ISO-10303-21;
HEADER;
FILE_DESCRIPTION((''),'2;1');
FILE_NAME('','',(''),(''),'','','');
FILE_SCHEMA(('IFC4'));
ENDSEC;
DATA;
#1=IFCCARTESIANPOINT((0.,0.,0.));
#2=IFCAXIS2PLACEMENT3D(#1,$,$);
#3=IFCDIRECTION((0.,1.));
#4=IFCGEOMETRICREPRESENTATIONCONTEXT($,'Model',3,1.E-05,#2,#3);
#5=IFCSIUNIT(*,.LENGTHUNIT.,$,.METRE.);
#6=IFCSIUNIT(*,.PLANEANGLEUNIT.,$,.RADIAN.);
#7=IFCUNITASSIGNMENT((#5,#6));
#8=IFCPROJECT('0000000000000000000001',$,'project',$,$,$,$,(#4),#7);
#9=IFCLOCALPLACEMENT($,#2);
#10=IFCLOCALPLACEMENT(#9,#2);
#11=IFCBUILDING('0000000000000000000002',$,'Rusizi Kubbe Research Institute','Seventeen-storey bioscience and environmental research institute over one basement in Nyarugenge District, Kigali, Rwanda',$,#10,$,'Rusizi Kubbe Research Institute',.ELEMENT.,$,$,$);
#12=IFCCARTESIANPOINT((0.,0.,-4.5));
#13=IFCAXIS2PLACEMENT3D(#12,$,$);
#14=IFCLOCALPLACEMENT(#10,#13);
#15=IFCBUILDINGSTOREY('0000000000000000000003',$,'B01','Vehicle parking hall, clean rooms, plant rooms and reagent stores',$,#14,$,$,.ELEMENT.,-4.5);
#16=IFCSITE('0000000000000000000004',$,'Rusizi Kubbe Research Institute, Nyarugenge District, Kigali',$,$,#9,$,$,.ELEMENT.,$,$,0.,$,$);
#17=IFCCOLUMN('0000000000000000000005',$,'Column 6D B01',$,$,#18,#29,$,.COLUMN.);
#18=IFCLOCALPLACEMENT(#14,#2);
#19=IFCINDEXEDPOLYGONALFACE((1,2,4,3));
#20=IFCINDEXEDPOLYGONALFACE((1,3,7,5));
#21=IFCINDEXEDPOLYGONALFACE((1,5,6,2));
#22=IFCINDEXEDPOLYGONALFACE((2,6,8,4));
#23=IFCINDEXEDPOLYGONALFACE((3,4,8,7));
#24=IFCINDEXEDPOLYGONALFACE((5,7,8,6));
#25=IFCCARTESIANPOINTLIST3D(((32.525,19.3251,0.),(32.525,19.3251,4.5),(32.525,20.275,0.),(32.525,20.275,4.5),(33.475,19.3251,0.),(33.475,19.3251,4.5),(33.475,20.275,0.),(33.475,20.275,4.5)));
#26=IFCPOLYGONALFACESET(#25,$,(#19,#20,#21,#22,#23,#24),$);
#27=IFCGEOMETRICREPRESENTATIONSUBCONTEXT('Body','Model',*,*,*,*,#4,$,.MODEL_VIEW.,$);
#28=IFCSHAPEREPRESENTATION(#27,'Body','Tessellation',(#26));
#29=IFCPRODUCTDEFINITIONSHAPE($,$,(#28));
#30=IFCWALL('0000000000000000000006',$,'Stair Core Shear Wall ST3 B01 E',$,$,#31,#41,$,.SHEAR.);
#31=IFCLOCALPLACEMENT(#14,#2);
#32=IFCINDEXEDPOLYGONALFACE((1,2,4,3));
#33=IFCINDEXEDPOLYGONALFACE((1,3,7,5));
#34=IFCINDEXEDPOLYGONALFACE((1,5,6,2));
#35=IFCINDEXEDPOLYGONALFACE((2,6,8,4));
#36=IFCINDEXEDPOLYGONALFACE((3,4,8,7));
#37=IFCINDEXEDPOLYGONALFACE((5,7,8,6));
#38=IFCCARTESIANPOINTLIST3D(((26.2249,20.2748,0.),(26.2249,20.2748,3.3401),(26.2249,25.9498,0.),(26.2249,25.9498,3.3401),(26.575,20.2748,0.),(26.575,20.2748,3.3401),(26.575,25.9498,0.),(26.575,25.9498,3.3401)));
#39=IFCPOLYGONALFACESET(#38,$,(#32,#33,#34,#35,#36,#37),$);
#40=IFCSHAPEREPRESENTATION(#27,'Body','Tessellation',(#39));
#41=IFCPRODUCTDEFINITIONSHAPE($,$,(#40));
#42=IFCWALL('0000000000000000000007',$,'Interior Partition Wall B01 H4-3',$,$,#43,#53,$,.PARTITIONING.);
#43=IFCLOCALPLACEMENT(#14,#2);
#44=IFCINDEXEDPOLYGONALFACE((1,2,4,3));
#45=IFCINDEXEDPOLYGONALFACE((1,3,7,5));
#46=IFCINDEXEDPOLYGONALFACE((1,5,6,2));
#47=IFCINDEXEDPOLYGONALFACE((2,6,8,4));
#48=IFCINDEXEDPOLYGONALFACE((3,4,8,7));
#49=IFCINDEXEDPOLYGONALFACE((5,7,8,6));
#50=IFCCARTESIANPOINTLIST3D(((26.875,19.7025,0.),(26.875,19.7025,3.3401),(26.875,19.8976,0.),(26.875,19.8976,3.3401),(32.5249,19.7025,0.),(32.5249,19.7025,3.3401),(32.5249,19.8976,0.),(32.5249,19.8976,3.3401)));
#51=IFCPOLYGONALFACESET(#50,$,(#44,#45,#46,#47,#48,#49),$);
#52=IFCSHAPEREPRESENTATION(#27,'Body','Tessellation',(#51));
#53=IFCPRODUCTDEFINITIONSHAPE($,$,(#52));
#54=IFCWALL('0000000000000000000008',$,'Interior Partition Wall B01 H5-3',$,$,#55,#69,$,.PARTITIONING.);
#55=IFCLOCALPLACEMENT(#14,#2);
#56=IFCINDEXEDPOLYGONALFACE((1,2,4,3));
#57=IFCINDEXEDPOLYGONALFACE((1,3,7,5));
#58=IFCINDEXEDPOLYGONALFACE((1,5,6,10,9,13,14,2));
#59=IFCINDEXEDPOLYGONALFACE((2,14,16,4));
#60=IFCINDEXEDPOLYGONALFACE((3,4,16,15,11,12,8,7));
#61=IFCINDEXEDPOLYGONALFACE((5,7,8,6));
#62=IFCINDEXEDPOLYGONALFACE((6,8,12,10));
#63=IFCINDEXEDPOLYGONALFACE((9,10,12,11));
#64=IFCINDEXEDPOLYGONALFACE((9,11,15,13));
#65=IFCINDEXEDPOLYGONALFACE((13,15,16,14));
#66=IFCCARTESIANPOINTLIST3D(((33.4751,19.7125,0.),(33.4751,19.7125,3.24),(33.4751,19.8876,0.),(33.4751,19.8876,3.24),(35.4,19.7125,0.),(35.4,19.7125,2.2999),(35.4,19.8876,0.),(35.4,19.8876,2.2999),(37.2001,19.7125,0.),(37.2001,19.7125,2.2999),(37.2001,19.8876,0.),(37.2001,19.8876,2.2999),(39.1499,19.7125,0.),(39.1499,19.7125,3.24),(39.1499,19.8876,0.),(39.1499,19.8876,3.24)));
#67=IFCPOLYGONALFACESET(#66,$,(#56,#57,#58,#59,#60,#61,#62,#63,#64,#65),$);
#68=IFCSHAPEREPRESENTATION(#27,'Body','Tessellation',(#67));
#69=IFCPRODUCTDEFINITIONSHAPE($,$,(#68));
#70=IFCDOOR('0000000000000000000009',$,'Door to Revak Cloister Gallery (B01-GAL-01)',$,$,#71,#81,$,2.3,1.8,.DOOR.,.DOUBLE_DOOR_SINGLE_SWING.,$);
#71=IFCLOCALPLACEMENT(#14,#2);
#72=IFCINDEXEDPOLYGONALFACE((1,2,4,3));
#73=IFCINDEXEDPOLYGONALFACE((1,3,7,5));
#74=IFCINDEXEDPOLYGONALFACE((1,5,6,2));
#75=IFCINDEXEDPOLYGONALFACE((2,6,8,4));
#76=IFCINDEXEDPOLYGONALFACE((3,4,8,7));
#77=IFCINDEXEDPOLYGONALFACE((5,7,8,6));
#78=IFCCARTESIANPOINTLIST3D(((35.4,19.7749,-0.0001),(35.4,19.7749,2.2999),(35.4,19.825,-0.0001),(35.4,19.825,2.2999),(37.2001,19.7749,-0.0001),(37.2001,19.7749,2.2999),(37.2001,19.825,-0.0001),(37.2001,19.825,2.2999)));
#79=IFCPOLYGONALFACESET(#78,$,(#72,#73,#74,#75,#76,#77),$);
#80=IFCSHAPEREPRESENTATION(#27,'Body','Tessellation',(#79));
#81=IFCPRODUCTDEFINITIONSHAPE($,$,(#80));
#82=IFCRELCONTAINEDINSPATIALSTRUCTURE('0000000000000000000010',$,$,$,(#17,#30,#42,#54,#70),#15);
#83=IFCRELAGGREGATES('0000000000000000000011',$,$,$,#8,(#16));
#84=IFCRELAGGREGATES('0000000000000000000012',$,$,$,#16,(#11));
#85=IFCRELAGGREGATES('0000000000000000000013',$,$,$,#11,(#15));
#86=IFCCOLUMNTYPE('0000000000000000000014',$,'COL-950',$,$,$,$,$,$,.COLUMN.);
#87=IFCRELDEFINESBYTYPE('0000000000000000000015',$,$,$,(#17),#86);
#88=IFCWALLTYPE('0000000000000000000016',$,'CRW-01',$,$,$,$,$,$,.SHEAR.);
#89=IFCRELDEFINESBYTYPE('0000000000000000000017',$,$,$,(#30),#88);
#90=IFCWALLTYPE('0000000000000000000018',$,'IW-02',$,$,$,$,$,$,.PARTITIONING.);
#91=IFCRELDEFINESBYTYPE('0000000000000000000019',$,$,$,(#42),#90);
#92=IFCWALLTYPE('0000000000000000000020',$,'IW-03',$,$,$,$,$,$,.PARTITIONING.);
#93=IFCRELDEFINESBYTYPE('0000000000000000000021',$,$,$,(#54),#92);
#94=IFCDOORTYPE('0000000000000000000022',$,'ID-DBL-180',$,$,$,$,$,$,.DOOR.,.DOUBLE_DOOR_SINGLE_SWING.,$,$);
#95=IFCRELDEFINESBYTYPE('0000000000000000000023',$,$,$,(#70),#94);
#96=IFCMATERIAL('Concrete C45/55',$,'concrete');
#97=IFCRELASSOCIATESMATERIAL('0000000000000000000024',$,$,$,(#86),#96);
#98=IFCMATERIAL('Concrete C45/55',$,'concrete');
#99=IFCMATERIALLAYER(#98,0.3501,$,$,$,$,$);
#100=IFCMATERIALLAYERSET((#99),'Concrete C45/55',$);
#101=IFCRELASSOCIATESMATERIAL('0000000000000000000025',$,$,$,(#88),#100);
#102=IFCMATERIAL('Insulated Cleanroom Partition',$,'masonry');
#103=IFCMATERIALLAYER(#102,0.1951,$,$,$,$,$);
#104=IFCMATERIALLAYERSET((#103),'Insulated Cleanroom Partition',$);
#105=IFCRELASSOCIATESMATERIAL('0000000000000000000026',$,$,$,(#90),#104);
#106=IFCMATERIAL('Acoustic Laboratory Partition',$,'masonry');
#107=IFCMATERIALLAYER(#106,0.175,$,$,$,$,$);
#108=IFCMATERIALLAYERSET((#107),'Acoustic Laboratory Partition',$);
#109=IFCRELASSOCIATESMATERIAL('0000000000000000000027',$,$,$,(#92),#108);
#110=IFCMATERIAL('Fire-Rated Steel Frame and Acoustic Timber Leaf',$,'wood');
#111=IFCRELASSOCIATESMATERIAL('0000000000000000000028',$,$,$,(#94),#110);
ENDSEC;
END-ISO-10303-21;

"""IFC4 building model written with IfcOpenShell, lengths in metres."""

from ifc_helpers import new_model, si_unit, direction, frame, frame_2d, origin, origin_2d, place, context, subcontext, project, spatial, rectangle, extrude, material, layer, layer_set, material_profile, profile_set, type_object, element, fill, save


model = new_model("IFC4")

# Units and contexts
model_context = context("Model", 3, precision=1e-05, world=origin(), true_north=direction((0.0, 1.0)))
body_context = subcontext(model_context, "Body", "Model", "MODEL_VIEW")
ifc_project = project(units=[si_unit("LENGTHUNIT", "METRE"), si_unit("PLANEANGLEUNIT", "RADIAN")], contexts=[model_context])

# Site, building, storey
site_placement = place(None, origin())
site = spatial("IfcSite", under=ifc_project, at=site_placement, Name="Rusizi Kubbe Research Institute, Nyarugenge District, Kigali", CompositionType="ELEMENT", RefElevation=0.0)
building_placement = place(site_placement, origin())
building = spatial("IfcBuilding", under=site, at=building_placement, Name="Rusizi Kubbe Research Institute", Description="Seventeen-storey bioscience and environmental research institute over one basement in Nyarugenge District, Kigali, Rwanda", LongName="Rusizi Kubbe Research Institute", CompositionType="ELEMENT")
storey_placement = place(building_placement, frame((0.0, 0.0, -4.5)))
storey = spatial("IfcBuildingStorey", under=building, at=storey_placement, Name="B01", Description="Vehicle parking hall, clean rooms, plant rooms and reagent stores", CompositionType="ELEMENT", Elevation=-4.5)

# Column
ifc_material_1 = material(Name="Concrete C45/55", Category="concrete")
ifc_material_profile_1 = material_profile(ifc_material_1, rectangle(XDim=0.95, YDim=0.95, at=origin_2d()), Name="RC950x950")
ifc_profile_set_1 = profile_set([ifc_material_profile_1], Name="Concrete C45/55")
column_type = type_object("IfcColumnType", Name="COL-950", PredefinedType="COLUMN", material=ifc_profile_set_1)
for number, where, z_axis, x_axis, name in (
    (1, (33.0, 19.8, 0.0), (0.0, 0.0, 1.0), (1.0, 0.0, 0.0), "Column 6D B01"),
):
    element("IfcColumn", number, at=place(storey_placement, frame(where, z_axis=z_axis, x_axis=x_axis)), inside=storey, type_object=column_type, Name=name, PredefinedType="COLUMN", context=body_context, shape_type="SweptSolid", body=[
        extrude(rectangle(XDim=0.95, YDim=0.95, at=origin_2d()), origin(), (0.0, 0.0, 1.0), 4.5),
    ])

# Walls
ifc_material_2 = material(Name="Concrete C45/55", Category="concrete")
ifc_layer_1 = layer(ifc_material_2, 0.3501)
ifc_layer_set_1 = layer_set([ifc_layer_1], Name="Concrete C45/55")
wall_type_1 = type_object("IfcWallType", Name="CRW-01", PredefinedType="SHEAR", material=ifc_layer_set_1)
wall_1_placement = place(storey_placement, frame((26.3999, 20.2749, 0.0), z_axis=(0.0, 0.0, 1.0), x_axis=(0.0, 1.0, 0.0)))
element("IfcWall", 2, at=wall_1_placement, inside=storey, type_object=wall_type_1, Name="Stair Core Shear Wall ST3 B01 E", PredefinedType="SHEAR", context=body_context, shape_type="SweptSolid", body=[
    extrude(rectangle(XDim=5.675, YDim=0.3501, at=frame_2d((2.8374, 0.0))), origin(), (0.0, 0.0, 1.0), 3.3401),
])
ifc_material_3 = material(Name="Insulated Cleanroom Partition", Category="masonry")
ifc_layer_2 = layer(ifc_material_3, 0.1951)
ifc_layer_set_2 = layer_set([ifc_layer_2], Name="Insulated Cleanroom Partition")
wall_type_2 = type_object("IfcWallType", Name="IW-02", PredefinedType="PARTITIONING", material=ifc_layer_set_2)
wall_2_placement = place(storey_placement, frame((26.875, 19.8, 0.0), z_axis=(0.0, 0.0, 1.0), x_axis=(1.0, 0.0, 0.0)))
element("IfcWall", 3, at=wall_2_placement, inside=storey, type_object=wall_type_2, Name="Interior Partition Wall B01 H4-3", PredefinedType="PARTITIONING", context=body_context, shape_type="SweptSolid", body=[
    extrude(rectangle(XDim=5.6499, YDim=0.1951, at=frame_2d((2.825, 0.0))), origin(), (0.0, 0.0, 1.0), 3.3401),
])

# Wall, opening, door
ifc_material_4 = material(Name="Acoustic Laboratory Partition", Category="masonry")
ifc_layer_3 = layer(ifc_material_4, 0.175)
ifc_layer_set_3 = layer_set([ifc_layer_3], Name="Acoustic Laboratory Partition")
wall_type_3 = type_object("IfcWallType", Name="IW-03", PredefinedType="PARTITIONING", material=ifc_layer_set_3)
wall_3_placement = place(storey_placement, frame((33.4751, 19.8, 0.0), z_axis=(0.0, 0.0, 1.0), x_axis=(1.0, 0.0, 0.0)))
wall_3 = element("IfcWall", 4, at=wall_3_placement, inside=storey, type_object=wall_type_3, Name="Interior Partition Wall B01 H5-3", PredefinedType="PARTITIONING", context=body_context, shape_type="SweptSolid", body=[
    extrude(rectangle(XDim=5.6748, YDim=0.175, at=frame_2d((2.8374, 0.0))), origin(), (0.0, 0.0, 1.0), 3.24),
])
opening_1_placement = place(wall_3_placement, frame((1.925, 0.0, 0.0)))
opening_1 = element("IfcOpeningElement", 5, at=opening_1_placement, cuts=wall_3, PredefinedType="OPENING", context=body_context, shape_type="SweptSolid", body=[
    extrude(rectangle(XDim=1.8, YDim=2.3, at=frame_2d((0.8999, 1.1499))), frame((0.0, 0.0974, 0.0), z_axis=(0.0, -1.0, 0.0), x_axis=(1.0, 0.0, 0.0)), (0.0, 0.0, 1.0), 0.1951),
])
ifc_material_5 = material(Name="Fire-Rated Steel Frame and Acoustic Timber Leaf", Category="wood")
door_type_1 = type_object("IfcDoorType", Name="ID-DBL-180", OperationType="DOUBLE_DOOR_SINGLE_SWING", PredefinedType="DOOR", material=ifc_material_5)
door_1_placement = place(opening_1_placement, origin())
door_1 = element("IfcDoor", 6, at=door_1_placement, inside=storey, type_object=door_type_1, Name="Door to Revak Cloister Gallery (B01-GAL-01)", OperationType="DOUBLE_DOOR_SINGLE_SWING", OverallHeight=2.3, OverallWidth=1.8, PredefinedType="DOOR", context=body_context, shape_type="SweptSolid", body=[
    extrude(rectangle(XDim=1.8, YDim=2.3, at=frame_2d((0.8999, 1.1499))), frame((0.0, 0.0249, 0.0), z_axis=(0.0, -1.0, 0.0), x_axis=(1.0, 0.0, 0.0)), (0.0, 0.0, 1.0), 0.05),
])
fill(opening_1, door_1)

save(model, "model.ifc")
